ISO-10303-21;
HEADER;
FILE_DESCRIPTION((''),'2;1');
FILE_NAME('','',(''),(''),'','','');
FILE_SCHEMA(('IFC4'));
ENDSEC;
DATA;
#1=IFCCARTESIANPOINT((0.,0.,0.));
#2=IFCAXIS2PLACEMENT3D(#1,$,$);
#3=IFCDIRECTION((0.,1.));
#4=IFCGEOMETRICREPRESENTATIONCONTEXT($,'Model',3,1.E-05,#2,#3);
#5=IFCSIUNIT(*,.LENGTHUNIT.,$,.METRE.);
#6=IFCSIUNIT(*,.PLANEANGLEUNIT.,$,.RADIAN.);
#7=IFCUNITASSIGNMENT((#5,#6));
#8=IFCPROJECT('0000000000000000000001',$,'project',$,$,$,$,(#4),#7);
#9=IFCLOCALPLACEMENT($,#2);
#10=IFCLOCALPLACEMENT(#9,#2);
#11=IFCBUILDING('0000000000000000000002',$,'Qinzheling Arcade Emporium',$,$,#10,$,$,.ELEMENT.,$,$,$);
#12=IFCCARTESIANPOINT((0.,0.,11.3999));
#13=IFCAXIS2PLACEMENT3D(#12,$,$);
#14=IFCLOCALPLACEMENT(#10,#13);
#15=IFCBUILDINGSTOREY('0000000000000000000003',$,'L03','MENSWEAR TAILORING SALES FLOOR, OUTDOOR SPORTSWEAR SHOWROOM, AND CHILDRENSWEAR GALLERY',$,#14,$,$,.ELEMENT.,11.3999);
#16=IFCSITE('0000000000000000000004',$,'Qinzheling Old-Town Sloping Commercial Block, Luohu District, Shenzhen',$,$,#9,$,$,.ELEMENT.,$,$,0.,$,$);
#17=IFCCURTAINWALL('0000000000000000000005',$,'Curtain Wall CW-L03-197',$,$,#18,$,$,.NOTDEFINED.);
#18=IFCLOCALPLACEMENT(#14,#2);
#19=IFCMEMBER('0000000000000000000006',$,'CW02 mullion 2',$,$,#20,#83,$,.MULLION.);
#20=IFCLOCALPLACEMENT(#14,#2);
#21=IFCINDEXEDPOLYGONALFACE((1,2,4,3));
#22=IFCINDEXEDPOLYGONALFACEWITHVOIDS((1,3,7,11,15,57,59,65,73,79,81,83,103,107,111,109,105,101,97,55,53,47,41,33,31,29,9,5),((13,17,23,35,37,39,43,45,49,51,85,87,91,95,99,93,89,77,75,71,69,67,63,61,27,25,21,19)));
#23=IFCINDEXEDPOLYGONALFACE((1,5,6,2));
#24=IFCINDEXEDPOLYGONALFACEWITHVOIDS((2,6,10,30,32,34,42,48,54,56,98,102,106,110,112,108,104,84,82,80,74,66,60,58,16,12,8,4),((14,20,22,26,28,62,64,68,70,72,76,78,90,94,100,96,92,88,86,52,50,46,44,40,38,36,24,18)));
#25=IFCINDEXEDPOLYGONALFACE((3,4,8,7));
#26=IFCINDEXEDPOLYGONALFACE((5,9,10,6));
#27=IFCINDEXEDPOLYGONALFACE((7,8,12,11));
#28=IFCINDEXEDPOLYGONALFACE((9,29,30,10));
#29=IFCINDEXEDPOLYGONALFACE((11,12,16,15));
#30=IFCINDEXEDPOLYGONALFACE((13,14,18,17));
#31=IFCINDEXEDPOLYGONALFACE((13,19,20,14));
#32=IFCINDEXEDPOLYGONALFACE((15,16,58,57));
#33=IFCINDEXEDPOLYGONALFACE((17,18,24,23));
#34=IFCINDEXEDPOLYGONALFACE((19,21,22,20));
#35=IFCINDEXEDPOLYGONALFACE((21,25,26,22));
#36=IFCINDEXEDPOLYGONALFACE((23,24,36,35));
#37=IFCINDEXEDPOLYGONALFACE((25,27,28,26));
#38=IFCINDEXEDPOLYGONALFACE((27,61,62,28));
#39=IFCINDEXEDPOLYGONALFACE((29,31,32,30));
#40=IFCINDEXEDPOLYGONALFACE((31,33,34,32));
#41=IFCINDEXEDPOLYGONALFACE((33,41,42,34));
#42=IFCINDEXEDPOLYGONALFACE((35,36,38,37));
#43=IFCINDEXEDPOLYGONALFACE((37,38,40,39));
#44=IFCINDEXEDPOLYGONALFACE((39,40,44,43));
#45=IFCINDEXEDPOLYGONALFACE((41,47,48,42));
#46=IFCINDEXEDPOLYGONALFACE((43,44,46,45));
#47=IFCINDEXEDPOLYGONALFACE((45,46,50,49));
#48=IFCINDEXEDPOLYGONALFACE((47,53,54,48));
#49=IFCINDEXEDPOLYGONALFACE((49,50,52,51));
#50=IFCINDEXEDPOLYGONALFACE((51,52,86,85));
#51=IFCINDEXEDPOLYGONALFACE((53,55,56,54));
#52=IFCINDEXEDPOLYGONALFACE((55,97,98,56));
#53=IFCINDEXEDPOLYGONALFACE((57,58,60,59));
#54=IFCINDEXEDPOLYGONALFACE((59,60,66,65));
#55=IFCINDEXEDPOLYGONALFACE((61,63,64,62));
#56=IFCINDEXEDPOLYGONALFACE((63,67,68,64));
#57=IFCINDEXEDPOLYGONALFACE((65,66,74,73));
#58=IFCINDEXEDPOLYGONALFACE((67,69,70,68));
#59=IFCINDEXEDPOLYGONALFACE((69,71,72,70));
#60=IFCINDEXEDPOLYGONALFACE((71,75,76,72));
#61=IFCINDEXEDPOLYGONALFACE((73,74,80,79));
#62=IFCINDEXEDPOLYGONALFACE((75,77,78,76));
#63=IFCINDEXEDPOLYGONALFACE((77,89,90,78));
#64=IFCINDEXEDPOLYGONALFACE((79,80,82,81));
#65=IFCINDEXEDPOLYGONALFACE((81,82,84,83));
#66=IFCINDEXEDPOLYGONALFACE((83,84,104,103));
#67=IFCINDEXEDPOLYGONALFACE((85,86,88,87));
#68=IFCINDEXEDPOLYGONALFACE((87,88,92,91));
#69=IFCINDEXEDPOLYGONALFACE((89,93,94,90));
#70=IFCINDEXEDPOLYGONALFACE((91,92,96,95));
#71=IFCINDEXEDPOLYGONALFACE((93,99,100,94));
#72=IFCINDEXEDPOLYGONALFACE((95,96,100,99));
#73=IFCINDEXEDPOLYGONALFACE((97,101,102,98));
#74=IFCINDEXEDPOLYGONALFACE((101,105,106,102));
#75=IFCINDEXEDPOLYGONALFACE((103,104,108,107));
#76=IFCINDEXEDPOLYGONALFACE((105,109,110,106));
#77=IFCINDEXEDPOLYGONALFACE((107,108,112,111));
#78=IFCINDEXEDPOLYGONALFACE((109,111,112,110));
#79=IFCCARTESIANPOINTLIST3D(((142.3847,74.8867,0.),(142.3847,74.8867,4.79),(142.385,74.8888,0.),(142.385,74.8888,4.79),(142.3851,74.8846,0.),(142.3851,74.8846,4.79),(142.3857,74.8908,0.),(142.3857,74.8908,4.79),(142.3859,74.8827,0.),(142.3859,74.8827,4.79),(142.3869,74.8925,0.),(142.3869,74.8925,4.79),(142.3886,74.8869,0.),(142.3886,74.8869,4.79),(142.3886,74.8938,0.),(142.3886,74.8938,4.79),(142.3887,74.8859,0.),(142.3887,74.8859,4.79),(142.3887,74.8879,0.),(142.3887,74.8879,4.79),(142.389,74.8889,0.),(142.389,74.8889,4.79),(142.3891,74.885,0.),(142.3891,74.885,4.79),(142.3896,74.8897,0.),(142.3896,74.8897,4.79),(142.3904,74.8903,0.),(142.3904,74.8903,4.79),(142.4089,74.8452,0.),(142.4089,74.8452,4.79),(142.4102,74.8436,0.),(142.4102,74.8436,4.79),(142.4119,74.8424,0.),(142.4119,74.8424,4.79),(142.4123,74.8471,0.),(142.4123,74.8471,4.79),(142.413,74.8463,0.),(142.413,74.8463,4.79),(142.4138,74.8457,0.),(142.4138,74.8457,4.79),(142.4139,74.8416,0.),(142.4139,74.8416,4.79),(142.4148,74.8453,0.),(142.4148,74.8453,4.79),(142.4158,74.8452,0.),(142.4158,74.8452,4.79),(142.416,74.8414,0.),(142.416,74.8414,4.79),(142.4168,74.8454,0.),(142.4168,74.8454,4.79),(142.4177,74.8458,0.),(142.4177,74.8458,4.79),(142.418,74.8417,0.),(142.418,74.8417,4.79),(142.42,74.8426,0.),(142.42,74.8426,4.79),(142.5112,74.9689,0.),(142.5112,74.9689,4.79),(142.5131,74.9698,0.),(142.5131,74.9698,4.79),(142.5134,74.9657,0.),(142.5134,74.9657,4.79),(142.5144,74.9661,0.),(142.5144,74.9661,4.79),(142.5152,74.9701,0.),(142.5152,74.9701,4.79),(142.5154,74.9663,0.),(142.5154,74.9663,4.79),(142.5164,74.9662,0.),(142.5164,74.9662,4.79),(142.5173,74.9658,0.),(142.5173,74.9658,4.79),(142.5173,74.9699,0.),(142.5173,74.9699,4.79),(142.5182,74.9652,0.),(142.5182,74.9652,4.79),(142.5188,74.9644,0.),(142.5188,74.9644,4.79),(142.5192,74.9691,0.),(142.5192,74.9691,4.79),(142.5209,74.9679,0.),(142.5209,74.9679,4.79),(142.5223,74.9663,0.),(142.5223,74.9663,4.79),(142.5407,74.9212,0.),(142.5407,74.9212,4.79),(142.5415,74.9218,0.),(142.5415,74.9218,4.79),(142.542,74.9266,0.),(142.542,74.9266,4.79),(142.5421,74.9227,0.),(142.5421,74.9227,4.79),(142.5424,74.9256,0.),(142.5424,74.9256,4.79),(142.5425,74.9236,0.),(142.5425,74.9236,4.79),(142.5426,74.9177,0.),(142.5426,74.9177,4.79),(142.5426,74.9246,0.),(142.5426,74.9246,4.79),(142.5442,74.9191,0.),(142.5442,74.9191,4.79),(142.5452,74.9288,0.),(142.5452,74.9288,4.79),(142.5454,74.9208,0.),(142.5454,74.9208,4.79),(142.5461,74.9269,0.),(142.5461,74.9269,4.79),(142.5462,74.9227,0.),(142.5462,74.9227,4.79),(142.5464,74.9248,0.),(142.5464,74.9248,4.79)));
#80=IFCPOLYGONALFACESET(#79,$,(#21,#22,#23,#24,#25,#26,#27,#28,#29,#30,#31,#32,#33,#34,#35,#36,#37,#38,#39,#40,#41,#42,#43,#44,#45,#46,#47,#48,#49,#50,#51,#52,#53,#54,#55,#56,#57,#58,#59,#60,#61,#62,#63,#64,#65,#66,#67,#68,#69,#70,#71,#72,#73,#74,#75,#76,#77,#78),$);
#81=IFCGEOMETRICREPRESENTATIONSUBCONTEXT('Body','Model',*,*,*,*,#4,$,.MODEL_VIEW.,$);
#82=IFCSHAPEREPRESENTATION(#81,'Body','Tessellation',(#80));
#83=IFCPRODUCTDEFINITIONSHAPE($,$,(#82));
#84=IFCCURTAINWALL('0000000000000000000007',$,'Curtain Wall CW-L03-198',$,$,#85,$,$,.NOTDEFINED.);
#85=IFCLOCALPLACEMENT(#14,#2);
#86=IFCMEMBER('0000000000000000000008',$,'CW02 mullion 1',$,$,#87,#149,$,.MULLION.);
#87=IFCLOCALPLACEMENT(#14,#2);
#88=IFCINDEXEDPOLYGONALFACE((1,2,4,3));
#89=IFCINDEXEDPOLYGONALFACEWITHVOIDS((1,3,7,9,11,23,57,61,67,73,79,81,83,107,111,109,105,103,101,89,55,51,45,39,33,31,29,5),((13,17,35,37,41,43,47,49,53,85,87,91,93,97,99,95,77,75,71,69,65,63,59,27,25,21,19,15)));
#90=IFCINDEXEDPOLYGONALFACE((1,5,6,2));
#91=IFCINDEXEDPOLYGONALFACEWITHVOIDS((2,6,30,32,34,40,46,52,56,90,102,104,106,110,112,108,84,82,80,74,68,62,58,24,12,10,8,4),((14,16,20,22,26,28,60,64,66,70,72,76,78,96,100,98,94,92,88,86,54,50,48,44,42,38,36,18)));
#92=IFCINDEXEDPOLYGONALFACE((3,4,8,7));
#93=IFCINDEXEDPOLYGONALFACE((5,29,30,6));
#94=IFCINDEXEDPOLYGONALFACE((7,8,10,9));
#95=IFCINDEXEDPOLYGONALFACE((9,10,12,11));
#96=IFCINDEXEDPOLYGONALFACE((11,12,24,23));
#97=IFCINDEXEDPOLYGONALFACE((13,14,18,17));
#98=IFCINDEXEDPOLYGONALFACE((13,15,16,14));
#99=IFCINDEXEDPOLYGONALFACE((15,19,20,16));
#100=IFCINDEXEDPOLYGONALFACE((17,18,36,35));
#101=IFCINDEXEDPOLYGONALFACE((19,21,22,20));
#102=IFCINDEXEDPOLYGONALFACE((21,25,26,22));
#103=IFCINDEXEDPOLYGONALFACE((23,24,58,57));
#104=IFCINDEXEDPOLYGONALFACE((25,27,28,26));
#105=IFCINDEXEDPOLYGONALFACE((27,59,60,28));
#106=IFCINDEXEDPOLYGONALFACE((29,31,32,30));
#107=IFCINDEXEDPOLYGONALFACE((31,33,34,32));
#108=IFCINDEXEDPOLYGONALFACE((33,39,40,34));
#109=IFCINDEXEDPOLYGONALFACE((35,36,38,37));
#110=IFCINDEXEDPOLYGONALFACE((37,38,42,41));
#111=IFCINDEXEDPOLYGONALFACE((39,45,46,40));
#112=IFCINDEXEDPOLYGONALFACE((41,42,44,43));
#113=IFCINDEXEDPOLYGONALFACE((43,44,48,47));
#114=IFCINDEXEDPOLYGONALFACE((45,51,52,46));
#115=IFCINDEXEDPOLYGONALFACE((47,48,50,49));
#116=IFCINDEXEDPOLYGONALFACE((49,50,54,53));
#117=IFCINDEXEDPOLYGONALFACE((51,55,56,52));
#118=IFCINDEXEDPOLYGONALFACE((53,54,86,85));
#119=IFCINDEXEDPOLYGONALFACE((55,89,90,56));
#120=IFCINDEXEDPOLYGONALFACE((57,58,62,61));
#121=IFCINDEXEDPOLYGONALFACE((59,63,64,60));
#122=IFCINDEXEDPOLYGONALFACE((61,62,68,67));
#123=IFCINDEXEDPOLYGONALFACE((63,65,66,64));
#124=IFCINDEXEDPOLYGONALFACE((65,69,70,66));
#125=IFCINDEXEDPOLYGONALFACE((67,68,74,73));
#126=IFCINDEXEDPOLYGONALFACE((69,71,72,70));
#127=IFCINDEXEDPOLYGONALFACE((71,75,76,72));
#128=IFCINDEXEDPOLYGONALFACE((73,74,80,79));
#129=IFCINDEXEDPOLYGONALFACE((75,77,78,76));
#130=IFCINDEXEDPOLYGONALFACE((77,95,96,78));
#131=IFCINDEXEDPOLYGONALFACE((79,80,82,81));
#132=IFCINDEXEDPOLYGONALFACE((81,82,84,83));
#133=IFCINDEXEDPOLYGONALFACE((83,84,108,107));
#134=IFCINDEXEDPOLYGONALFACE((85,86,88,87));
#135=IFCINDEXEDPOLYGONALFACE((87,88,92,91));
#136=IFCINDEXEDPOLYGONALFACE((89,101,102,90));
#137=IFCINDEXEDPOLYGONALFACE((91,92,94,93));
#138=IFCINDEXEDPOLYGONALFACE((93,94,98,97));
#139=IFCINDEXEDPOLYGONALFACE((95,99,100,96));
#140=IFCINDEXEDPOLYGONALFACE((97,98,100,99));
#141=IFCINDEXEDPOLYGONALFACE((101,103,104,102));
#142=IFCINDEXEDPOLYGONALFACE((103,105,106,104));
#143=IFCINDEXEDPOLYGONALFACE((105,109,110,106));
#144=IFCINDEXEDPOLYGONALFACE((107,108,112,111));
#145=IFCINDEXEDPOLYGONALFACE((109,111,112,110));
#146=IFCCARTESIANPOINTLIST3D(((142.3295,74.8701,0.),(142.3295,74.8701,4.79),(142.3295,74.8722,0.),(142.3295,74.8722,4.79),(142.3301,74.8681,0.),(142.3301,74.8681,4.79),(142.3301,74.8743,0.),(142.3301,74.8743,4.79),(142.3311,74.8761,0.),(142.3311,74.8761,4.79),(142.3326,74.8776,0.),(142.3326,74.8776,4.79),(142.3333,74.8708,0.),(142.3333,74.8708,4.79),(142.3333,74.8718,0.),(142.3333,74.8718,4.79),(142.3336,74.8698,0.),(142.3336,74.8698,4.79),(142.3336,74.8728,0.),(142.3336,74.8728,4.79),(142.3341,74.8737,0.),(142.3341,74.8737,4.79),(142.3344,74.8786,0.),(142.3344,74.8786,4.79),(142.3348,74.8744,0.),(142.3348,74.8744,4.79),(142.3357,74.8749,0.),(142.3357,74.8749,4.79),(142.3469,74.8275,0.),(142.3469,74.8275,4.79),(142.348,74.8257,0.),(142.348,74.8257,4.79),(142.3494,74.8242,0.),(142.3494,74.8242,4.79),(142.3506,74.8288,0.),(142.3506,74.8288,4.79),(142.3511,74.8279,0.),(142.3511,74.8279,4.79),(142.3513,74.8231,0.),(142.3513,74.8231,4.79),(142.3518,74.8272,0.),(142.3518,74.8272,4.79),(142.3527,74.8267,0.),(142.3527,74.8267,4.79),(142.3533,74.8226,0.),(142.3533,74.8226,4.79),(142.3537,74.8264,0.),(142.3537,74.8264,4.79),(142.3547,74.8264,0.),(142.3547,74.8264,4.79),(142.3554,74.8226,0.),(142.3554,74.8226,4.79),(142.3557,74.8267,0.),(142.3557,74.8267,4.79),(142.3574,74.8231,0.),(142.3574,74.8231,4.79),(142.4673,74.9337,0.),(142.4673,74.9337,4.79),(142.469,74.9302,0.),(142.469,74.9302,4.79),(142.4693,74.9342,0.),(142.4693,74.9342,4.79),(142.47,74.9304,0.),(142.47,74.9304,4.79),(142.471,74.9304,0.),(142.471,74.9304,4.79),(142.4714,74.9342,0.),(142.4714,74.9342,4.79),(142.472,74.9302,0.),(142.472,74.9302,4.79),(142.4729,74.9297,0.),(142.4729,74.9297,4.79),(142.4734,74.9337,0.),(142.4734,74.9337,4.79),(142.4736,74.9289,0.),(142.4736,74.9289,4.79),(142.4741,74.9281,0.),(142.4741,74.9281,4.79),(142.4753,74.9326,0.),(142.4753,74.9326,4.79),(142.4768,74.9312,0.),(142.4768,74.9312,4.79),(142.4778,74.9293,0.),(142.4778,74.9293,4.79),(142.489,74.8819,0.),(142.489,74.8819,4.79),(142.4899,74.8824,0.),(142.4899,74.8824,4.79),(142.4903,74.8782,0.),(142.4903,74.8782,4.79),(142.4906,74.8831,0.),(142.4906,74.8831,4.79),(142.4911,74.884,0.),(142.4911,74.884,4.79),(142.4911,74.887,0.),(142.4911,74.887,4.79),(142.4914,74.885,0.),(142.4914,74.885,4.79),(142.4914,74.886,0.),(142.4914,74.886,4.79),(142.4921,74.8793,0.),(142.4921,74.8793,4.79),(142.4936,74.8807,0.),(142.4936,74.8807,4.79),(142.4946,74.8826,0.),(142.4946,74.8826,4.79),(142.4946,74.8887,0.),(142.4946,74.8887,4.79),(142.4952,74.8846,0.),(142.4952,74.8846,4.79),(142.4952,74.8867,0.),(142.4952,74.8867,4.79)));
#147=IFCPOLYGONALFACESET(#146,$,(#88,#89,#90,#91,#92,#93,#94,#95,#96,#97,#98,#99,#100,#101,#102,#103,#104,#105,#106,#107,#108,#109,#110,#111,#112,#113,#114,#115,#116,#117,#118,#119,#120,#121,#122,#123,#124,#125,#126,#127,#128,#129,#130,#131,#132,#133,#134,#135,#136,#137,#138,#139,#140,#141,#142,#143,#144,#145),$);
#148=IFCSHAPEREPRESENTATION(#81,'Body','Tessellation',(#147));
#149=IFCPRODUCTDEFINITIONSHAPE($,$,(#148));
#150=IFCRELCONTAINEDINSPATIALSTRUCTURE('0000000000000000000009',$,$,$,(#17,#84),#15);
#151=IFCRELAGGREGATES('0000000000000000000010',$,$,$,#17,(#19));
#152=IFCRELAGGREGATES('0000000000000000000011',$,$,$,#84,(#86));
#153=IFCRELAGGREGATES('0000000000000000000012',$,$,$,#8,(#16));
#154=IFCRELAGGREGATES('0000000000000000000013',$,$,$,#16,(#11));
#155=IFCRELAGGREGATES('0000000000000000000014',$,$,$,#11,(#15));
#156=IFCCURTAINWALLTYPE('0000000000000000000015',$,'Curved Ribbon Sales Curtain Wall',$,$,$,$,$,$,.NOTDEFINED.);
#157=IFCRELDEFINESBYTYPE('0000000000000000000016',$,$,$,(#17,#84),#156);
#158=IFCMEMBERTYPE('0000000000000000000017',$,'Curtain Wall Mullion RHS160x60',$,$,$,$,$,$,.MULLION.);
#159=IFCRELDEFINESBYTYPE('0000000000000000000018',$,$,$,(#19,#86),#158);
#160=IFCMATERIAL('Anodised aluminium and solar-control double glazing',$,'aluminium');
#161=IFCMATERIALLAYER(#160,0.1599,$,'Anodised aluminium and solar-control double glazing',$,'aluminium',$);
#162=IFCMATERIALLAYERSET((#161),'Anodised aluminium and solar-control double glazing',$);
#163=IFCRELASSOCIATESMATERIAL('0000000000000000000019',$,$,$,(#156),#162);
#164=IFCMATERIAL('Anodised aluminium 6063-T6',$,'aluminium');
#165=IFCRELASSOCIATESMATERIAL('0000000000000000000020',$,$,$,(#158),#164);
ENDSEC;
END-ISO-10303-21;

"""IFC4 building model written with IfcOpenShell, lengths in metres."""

from ifc_helpers import new_model, si_unit, direction, frame, origin, origin_2d, place, context, subcontext, project, spatial, hollow_rectangle, extrude, material, layer, layer_set, material_profile, profile_set, type_object, element, aggregate, save


model = new_model("IFC4")

# Units and contexts
model_context = context("Model", 3, precision=1e-05, world=origin(), true_north=direction((0.0, 1.0)))
body_context = subcontext(model_context, "Body", "Model", "MODEL_VIEW")
ifc_project = project(units=[si_unit("LENGTHUNIT", "METRE"), si_unit("PLANEANGLEUNIT", "RADIAN")], contexts=[model_context])

# Site, building, storey
site_placement = place(None, origin())
site = spatial("IfcSite", under=ifc_project, at=site_placement, Name="Qinzheling Old-Town Sloping Commercial Block, Luohu District, Shenzhen", CompositionType="ELEMENT", RefElevation=0.0)
building_placement = place(site_placement, origin())
building = spatial("IfcBuilding", under=site, at=building_placement, Name="Qinzheling Arcade Emporium", CompositionType="ELEMENT")
storey_placement = place(building_placement, frame((0.0, 0.0, 11.3999)))
storey = spatial("IfcBuildingStorey", under=building, at=storey_placement, Name="L03", Description="MENSWEAR TAILORING SALES FLOOR, OUTDOOR SPORTSWEAR SHOWROOM, AND CHILDRENSWEAR GALLERY", CompositionType="ELEMENT", Elevation=11.3999)

# Shared definitions
ifc_material_1 = material(Name="Anodised aluminium and solar-control double glazing", Category="aluminium")
ifc_layer_1 = layer(ifc_material_1, 0.1599, Name="Anodised aluminium and solar-control double glazing", Category="aluminium")
ifc_layer_set_1 = layer_set([ifc_layer_1], Name="Anodised aluminium and solar-control double glazing")
curtain_wall_type = type_object("IfcCurtainWallType", Name="Curved Ribbon Sales Curtain Wall", PredefinedType="NOTDEFINED", material=ifc_layer_set_1)
ifc_material_2 = material(Name="Anodised aluminium 6063-T6", Category="aluminium")
ifc_material_profile_1 = material_profile(ifc_material_2, hollow_rectangle(XDim=0.0601, YDim=0.1599, WallThickness=0.0039, InnerFilletRadius=0.0039, OuterFilletRadius=0.0081, at=origin_2d()), Name="RHS 160x60x4", Category="aluminium")
ifc_profile_set_1 = profile_set([ifc_material_profile_1], Name="Anodised aluminium 6063-T6")
member_type_1 = type_object("IfcMemberType", Name="Curtain Wall Mullion RHS160x60", PredefinedType="MULLION", material=ifc_profile_set_1)

# Curtain walls, members
curtain_wall_1_placement = place(storey_placement, origin())
curtain_wall_1 = element("IfcCurtainWall", 1, at=curtain_wall_1_placement, inside=storey, type_object=curtain_wall_type, Name="Curtain Wall CW-L03-197", PredefinedType="NOTDEFINED")
member_1_placement = place(storey_placement, frame((142.4656, 74.9058, 0.0), z_axis=(0.0, 0.0, 1.0), x_axis=(0.522532, -0.85262, 0.0)))
member_1 = element("IfcMember", 2, at=member_1_placement, type_object=member_type_1, Name="CW02 mullion 2", PredefinedType="MULLION", context=body_context, shape_type="SweptSolid", body=[
    extrude(hollow_rectangle(XDim=0.0601, YDim=0.1599, WallThickness=0.0039, InnerFilletRadius=0.0039, OuterFilletRadius=0.0081, at=origin_2d()), origin(), (0.0, 0.0, 1.0), 4.79),
])
curtain_wall_2_placement = place(storey_placement, origin())
curtain_wall_2 = element("IfcCurtainWall", 3, at=curtain_wall_2_placement, inside=storey, type_object=curtain_wall_type, Name="Curtain Wall CW-L03-198", PredefinedType="NOTDEFINED")
member_2_placement = place(storey_placement, frame((142.4124, 74.8784, 0.0), z_axis=(0.0, 0.0, 1.0), x_axis=(0.382896, -0.923792, 0.0)))
member_2 = element("IfcMember", 4, at=member_2_placement, type_object=member_type_1, Name="CW02 mullion 1", PredefinedType="MULLION", context=body_context, shape_type="SweptSolid", body=[
    extrude(hollow_rectangle(XDim=0.0601, YDim=0.1599, WallThickness=0.0039, InnerFilletRadius=0.0039, OuterFilletRadius=0.0081, at=origin_2d()), origin(), (0.0, 0.0, 1.0), 4.79),
])

aggregate(curtain_wall_1, [member_1])
aggregate(curtain_wall_2, [member_2])

save(model, "model.ifc")
